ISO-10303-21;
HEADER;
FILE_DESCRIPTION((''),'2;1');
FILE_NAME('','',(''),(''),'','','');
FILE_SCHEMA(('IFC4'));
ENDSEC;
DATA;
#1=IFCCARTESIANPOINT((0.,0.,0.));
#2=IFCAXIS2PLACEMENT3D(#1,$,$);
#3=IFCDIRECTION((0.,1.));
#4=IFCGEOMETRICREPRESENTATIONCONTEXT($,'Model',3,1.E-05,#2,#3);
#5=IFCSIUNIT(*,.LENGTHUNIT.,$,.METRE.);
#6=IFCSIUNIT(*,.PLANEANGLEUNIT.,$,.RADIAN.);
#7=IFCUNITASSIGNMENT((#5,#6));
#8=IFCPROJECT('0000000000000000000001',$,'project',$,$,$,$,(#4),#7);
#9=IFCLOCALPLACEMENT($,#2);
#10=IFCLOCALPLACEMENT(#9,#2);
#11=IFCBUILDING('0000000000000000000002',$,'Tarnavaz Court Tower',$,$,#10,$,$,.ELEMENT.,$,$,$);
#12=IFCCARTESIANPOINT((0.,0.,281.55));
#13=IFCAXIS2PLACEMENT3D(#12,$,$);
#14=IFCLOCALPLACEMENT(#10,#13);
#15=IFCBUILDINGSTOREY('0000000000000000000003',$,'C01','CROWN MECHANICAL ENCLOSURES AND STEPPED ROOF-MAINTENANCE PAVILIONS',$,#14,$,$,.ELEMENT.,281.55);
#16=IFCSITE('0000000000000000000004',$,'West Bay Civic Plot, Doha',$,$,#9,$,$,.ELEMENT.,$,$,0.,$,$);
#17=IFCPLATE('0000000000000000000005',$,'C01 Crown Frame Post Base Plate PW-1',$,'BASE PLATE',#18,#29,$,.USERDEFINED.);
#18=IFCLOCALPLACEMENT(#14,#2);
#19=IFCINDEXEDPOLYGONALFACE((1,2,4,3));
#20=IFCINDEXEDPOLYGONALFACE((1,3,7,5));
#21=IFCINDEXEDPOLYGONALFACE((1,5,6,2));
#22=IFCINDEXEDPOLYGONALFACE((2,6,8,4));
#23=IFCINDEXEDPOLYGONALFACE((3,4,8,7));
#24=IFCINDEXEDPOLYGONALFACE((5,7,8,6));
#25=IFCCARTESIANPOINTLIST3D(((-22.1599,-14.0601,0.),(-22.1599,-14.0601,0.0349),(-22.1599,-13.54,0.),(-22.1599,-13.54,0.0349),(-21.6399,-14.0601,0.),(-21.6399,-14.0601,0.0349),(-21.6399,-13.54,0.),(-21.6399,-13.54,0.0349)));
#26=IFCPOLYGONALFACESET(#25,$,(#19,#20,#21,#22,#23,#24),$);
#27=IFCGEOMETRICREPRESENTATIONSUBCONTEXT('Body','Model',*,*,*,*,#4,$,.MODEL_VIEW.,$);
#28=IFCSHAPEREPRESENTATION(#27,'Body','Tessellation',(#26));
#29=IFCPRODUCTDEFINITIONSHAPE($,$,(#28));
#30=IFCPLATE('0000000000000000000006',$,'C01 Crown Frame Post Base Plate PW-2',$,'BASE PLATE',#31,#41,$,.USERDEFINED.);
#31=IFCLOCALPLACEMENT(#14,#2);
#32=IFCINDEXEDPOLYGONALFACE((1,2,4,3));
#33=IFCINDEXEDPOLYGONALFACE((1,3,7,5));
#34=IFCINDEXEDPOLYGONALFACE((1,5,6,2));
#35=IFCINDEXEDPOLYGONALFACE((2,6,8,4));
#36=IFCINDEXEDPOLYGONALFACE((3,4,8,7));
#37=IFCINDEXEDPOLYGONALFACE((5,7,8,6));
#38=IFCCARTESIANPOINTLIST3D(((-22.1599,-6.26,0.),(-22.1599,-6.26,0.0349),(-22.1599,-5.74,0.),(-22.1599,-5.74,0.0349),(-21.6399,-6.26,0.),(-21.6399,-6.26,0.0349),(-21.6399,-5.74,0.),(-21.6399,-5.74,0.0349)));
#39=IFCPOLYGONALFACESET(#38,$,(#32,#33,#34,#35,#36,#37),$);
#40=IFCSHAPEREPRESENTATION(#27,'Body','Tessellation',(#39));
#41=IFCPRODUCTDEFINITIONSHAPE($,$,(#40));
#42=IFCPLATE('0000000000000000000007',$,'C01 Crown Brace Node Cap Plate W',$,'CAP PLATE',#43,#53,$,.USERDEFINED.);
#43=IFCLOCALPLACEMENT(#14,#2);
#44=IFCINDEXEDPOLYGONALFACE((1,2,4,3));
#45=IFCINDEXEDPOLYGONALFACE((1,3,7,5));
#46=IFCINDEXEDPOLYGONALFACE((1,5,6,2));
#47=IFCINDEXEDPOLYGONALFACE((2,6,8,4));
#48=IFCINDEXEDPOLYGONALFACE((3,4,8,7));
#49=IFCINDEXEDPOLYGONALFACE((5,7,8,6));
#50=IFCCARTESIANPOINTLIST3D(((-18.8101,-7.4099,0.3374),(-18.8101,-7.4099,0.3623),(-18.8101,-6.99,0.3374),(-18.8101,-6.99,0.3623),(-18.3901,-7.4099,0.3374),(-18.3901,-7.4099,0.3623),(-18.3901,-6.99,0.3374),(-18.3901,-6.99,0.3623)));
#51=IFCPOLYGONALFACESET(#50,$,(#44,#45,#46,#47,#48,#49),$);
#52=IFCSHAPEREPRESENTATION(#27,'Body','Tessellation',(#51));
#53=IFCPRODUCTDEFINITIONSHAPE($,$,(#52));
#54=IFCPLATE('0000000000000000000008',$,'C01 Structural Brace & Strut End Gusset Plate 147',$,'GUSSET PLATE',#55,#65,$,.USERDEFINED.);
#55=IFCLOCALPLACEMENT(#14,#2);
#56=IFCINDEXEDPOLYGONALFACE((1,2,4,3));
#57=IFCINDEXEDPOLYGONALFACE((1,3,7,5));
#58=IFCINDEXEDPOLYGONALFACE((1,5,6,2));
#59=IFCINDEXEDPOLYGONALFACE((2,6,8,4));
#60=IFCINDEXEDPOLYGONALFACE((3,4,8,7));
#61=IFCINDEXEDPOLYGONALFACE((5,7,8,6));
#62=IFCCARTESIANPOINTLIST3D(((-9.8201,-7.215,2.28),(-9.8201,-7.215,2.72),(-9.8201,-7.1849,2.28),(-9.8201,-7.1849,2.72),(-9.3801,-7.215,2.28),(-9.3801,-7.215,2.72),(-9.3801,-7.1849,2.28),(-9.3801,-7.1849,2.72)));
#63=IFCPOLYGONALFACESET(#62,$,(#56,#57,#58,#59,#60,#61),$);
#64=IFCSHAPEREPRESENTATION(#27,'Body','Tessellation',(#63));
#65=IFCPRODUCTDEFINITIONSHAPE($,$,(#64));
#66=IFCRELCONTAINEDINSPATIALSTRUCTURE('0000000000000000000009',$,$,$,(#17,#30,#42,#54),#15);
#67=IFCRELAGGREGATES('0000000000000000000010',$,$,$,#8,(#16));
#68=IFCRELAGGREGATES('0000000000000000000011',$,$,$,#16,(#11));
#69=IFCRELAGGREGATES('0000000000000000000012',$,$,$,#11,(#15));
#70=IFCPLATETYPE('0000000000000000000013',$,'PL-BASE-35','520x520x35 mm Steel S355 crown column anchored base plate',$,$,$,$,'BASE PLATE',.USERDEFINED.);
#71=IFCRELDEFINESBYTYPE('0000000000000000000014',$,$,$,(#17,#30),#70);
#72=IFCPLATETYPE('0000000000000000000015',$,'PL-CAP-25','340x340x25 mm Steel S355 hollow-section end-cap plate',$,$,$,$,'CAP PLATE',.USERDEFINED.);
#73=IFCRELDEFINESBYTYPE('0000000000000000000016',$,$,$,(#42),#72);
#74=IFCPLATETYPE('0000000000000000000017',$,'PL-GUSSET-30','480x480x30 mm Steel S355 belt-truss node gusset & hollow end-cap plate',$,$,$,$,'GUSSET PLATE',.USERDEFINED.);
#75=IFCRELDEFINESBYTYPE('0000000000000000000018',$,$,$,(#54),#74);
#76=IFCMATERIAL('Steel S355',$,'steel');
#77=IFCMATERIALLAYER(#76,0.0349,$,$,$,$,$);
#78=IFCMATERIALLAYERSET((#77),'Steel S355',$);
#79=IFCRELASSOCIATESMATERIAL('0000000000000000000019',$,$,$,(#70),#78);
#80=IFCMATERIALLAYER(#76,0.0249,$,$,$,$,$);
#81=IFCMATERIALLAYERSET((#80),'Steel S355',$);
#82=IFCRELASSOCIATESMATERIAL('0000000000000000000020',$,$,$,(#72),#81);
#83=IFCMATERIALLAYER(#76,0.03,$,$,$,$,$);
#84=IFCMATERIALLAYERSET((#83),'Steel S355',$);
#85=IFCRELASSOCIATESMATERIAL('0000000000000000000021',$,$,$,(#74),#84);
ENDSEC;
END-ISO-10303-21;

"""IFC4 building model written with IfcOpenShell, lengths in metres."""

from ifc_helpers import new_model, si_unit, direction, frame, origin, origin_2d, place, context, subcontext, project, spatial, rectangle, extrude, material, layer, layer_set, type_object, element, save


model = new_model("IFC4")

# Units and contexts
model_context = context("Model", 3, precision=1e-05, world=origin(), true_north=direction((0.0, 1.0)))
body_context = subcontext(model_context, "Body", "Model", "MODEL_VIEW")
ifc_project = project(units=[si_unit("LENGTHUNIT", "METRE"), si_unit("PLANEANGLEUNIT", "RADIAN")], contexts=[model_context])

# Site, building, storey
site_placement = place(None, origin())
site = spatial("IfcSite", under=ifc_project, at=site_placement, Name="West Bay Civic Plot, Doha", CompositionType="ELEMENT", RefElevation=0.0)
building_placement = place(site_placement, origin())
building = spatial("IfcBuilding", under=site, at=building_placement, Name="Tarnavaz Court Tower", CompositionType="ELEMENT")
storey_placement = place(building_placement, frame((0.0, 0.0, 281.55)))
storey = spatial("IfcBuildingStorey", under=building, at=storey_placement, Name="C01", Description="CROWN MECHANICAL ENCLOSURES AND STEPPED ROOF-MAINTENANCE PAVILIONS", CompositionType="ELEMENT", Elevation=281.55)

# Shared definitions
ifc_material_1 = material(Name="Steel S355", Category="steel")

# Plates
ifc_layer_1 = layer(ifc_material_1, 0.0349)
ifc_layer_set_1 = layer_set([ifc_layer_1], Name="Steel S355")
plate_type_1 = type_object("IfcPlateType", Name="PL-BASE-35", Description="520x520x35 mm Steel S355 crown column anchored base plate", ElementType="BASE PLATE", PredefinedType="USERDEFINED", material=ifc_layer_set_1)
for number, where, z_axis, x_axis, name in (
    (1, (-21.8999, -13.8, 0.0), (0.0, 0.0, 1.0), (1.0, 0.0, 0.0), "C01 Crown Frame Post Base Plate PW-1"),
    (2, (-21.8999, -6.0, 0.0), (0.0, 0.0, 1.0), (1.0, 0.0, 0.0), "C01 Crown Frame Post Base Plate PW-2"),
):
    element("IfcPlate", number, at=place(storey_placement, frame(where, z_axis=z_axis, x_axis=x_axis)), inside=storey, type_object=plate_type_1, Name=name, ObjectType="BASE PLATE", PredefinedType="USERDEFINED", context=body_context, shape_type="SweptSolid", body=[
        extrude(rectangle(XDim=0.52, YDim=0.52, at=origin_2d()), origin(), (0.0, 0.0, 1.0), 0.0349),
    ])
ifc_layer_2 = layer(ifc_material_1, 0.0249)
ifc_layer_set_2 = layer_set([ifc_layer_2], Name="Steel S355")
plate_type_2 = type_object("IfcPlateType", Name="PL-CAP-25", Description="340x340x25 mm Steel S355 hollow-section end-cap plate", ElementType="CAP PLATE", PredefinedType="USERDEFINED", material=ifc_layer_set_2)
plate_1_placement = place(storey_placement, frame((-18.6001, -7.2, 0.3374), z_axis=(0.0, 0.0, 1.0), x_axis=(1.0, 0.0, 0.0)))
element("IfcPlate", 3, at=plate_1_placement, inside=storey, type_object=plate_type_2, Name="C01 Crown Brace Node Cap Plate W", ObjectType="CAP PLATE", PredefinedType="USERDEFINED", context=body_context, shape_type="SweptSolid", body=[
    extrude(rectangle(XDim=0.4199, YDim=0.4199, at=origin_2d()), origin(), (0.0, 0.0, 1.0), 0.0249),
])
ifc_layer_3 = layer(ifc_material_1, 0.03)
ifc_layer_set_3 = layer_set([ifc_layer_3], Name="Steel S355")
plate_type_3 = type_object("IfcPlateType", Name="PL-GUSSET-30", Description="480x480x30 mm Steel S355 belt-truss node gusset & hollow end-cap plate", ElementType="GUSSET PLATE", PredefinedType="USERDEFINED", material=ifc_layer_set_3)
plate_2_placement = place(storey_placement, frame((-9.6001, -7.2, 2.28), z_axis=(0.0, 0.0, 1.0), x_axis=(1.0, 0.0, 0.0)))
element("IfcPlate", 4, at=plate_2_placement, inside=storey, type_object=plate_type_3, Name="C01 Structural Brace & Strut End Gusset Plate 147", ObjectType="GUSSET PLATE", PredefinedType="USERDEFINED", context=body_context, shape_type="SweptSolid", body=[
    extrude(rectangle(XDim=0.4399, YDim=0.03, at=origin_2d()), origin(), (0.0, 0.0, 1.0), 0.4399),
])

save(model, "model.ifc")
